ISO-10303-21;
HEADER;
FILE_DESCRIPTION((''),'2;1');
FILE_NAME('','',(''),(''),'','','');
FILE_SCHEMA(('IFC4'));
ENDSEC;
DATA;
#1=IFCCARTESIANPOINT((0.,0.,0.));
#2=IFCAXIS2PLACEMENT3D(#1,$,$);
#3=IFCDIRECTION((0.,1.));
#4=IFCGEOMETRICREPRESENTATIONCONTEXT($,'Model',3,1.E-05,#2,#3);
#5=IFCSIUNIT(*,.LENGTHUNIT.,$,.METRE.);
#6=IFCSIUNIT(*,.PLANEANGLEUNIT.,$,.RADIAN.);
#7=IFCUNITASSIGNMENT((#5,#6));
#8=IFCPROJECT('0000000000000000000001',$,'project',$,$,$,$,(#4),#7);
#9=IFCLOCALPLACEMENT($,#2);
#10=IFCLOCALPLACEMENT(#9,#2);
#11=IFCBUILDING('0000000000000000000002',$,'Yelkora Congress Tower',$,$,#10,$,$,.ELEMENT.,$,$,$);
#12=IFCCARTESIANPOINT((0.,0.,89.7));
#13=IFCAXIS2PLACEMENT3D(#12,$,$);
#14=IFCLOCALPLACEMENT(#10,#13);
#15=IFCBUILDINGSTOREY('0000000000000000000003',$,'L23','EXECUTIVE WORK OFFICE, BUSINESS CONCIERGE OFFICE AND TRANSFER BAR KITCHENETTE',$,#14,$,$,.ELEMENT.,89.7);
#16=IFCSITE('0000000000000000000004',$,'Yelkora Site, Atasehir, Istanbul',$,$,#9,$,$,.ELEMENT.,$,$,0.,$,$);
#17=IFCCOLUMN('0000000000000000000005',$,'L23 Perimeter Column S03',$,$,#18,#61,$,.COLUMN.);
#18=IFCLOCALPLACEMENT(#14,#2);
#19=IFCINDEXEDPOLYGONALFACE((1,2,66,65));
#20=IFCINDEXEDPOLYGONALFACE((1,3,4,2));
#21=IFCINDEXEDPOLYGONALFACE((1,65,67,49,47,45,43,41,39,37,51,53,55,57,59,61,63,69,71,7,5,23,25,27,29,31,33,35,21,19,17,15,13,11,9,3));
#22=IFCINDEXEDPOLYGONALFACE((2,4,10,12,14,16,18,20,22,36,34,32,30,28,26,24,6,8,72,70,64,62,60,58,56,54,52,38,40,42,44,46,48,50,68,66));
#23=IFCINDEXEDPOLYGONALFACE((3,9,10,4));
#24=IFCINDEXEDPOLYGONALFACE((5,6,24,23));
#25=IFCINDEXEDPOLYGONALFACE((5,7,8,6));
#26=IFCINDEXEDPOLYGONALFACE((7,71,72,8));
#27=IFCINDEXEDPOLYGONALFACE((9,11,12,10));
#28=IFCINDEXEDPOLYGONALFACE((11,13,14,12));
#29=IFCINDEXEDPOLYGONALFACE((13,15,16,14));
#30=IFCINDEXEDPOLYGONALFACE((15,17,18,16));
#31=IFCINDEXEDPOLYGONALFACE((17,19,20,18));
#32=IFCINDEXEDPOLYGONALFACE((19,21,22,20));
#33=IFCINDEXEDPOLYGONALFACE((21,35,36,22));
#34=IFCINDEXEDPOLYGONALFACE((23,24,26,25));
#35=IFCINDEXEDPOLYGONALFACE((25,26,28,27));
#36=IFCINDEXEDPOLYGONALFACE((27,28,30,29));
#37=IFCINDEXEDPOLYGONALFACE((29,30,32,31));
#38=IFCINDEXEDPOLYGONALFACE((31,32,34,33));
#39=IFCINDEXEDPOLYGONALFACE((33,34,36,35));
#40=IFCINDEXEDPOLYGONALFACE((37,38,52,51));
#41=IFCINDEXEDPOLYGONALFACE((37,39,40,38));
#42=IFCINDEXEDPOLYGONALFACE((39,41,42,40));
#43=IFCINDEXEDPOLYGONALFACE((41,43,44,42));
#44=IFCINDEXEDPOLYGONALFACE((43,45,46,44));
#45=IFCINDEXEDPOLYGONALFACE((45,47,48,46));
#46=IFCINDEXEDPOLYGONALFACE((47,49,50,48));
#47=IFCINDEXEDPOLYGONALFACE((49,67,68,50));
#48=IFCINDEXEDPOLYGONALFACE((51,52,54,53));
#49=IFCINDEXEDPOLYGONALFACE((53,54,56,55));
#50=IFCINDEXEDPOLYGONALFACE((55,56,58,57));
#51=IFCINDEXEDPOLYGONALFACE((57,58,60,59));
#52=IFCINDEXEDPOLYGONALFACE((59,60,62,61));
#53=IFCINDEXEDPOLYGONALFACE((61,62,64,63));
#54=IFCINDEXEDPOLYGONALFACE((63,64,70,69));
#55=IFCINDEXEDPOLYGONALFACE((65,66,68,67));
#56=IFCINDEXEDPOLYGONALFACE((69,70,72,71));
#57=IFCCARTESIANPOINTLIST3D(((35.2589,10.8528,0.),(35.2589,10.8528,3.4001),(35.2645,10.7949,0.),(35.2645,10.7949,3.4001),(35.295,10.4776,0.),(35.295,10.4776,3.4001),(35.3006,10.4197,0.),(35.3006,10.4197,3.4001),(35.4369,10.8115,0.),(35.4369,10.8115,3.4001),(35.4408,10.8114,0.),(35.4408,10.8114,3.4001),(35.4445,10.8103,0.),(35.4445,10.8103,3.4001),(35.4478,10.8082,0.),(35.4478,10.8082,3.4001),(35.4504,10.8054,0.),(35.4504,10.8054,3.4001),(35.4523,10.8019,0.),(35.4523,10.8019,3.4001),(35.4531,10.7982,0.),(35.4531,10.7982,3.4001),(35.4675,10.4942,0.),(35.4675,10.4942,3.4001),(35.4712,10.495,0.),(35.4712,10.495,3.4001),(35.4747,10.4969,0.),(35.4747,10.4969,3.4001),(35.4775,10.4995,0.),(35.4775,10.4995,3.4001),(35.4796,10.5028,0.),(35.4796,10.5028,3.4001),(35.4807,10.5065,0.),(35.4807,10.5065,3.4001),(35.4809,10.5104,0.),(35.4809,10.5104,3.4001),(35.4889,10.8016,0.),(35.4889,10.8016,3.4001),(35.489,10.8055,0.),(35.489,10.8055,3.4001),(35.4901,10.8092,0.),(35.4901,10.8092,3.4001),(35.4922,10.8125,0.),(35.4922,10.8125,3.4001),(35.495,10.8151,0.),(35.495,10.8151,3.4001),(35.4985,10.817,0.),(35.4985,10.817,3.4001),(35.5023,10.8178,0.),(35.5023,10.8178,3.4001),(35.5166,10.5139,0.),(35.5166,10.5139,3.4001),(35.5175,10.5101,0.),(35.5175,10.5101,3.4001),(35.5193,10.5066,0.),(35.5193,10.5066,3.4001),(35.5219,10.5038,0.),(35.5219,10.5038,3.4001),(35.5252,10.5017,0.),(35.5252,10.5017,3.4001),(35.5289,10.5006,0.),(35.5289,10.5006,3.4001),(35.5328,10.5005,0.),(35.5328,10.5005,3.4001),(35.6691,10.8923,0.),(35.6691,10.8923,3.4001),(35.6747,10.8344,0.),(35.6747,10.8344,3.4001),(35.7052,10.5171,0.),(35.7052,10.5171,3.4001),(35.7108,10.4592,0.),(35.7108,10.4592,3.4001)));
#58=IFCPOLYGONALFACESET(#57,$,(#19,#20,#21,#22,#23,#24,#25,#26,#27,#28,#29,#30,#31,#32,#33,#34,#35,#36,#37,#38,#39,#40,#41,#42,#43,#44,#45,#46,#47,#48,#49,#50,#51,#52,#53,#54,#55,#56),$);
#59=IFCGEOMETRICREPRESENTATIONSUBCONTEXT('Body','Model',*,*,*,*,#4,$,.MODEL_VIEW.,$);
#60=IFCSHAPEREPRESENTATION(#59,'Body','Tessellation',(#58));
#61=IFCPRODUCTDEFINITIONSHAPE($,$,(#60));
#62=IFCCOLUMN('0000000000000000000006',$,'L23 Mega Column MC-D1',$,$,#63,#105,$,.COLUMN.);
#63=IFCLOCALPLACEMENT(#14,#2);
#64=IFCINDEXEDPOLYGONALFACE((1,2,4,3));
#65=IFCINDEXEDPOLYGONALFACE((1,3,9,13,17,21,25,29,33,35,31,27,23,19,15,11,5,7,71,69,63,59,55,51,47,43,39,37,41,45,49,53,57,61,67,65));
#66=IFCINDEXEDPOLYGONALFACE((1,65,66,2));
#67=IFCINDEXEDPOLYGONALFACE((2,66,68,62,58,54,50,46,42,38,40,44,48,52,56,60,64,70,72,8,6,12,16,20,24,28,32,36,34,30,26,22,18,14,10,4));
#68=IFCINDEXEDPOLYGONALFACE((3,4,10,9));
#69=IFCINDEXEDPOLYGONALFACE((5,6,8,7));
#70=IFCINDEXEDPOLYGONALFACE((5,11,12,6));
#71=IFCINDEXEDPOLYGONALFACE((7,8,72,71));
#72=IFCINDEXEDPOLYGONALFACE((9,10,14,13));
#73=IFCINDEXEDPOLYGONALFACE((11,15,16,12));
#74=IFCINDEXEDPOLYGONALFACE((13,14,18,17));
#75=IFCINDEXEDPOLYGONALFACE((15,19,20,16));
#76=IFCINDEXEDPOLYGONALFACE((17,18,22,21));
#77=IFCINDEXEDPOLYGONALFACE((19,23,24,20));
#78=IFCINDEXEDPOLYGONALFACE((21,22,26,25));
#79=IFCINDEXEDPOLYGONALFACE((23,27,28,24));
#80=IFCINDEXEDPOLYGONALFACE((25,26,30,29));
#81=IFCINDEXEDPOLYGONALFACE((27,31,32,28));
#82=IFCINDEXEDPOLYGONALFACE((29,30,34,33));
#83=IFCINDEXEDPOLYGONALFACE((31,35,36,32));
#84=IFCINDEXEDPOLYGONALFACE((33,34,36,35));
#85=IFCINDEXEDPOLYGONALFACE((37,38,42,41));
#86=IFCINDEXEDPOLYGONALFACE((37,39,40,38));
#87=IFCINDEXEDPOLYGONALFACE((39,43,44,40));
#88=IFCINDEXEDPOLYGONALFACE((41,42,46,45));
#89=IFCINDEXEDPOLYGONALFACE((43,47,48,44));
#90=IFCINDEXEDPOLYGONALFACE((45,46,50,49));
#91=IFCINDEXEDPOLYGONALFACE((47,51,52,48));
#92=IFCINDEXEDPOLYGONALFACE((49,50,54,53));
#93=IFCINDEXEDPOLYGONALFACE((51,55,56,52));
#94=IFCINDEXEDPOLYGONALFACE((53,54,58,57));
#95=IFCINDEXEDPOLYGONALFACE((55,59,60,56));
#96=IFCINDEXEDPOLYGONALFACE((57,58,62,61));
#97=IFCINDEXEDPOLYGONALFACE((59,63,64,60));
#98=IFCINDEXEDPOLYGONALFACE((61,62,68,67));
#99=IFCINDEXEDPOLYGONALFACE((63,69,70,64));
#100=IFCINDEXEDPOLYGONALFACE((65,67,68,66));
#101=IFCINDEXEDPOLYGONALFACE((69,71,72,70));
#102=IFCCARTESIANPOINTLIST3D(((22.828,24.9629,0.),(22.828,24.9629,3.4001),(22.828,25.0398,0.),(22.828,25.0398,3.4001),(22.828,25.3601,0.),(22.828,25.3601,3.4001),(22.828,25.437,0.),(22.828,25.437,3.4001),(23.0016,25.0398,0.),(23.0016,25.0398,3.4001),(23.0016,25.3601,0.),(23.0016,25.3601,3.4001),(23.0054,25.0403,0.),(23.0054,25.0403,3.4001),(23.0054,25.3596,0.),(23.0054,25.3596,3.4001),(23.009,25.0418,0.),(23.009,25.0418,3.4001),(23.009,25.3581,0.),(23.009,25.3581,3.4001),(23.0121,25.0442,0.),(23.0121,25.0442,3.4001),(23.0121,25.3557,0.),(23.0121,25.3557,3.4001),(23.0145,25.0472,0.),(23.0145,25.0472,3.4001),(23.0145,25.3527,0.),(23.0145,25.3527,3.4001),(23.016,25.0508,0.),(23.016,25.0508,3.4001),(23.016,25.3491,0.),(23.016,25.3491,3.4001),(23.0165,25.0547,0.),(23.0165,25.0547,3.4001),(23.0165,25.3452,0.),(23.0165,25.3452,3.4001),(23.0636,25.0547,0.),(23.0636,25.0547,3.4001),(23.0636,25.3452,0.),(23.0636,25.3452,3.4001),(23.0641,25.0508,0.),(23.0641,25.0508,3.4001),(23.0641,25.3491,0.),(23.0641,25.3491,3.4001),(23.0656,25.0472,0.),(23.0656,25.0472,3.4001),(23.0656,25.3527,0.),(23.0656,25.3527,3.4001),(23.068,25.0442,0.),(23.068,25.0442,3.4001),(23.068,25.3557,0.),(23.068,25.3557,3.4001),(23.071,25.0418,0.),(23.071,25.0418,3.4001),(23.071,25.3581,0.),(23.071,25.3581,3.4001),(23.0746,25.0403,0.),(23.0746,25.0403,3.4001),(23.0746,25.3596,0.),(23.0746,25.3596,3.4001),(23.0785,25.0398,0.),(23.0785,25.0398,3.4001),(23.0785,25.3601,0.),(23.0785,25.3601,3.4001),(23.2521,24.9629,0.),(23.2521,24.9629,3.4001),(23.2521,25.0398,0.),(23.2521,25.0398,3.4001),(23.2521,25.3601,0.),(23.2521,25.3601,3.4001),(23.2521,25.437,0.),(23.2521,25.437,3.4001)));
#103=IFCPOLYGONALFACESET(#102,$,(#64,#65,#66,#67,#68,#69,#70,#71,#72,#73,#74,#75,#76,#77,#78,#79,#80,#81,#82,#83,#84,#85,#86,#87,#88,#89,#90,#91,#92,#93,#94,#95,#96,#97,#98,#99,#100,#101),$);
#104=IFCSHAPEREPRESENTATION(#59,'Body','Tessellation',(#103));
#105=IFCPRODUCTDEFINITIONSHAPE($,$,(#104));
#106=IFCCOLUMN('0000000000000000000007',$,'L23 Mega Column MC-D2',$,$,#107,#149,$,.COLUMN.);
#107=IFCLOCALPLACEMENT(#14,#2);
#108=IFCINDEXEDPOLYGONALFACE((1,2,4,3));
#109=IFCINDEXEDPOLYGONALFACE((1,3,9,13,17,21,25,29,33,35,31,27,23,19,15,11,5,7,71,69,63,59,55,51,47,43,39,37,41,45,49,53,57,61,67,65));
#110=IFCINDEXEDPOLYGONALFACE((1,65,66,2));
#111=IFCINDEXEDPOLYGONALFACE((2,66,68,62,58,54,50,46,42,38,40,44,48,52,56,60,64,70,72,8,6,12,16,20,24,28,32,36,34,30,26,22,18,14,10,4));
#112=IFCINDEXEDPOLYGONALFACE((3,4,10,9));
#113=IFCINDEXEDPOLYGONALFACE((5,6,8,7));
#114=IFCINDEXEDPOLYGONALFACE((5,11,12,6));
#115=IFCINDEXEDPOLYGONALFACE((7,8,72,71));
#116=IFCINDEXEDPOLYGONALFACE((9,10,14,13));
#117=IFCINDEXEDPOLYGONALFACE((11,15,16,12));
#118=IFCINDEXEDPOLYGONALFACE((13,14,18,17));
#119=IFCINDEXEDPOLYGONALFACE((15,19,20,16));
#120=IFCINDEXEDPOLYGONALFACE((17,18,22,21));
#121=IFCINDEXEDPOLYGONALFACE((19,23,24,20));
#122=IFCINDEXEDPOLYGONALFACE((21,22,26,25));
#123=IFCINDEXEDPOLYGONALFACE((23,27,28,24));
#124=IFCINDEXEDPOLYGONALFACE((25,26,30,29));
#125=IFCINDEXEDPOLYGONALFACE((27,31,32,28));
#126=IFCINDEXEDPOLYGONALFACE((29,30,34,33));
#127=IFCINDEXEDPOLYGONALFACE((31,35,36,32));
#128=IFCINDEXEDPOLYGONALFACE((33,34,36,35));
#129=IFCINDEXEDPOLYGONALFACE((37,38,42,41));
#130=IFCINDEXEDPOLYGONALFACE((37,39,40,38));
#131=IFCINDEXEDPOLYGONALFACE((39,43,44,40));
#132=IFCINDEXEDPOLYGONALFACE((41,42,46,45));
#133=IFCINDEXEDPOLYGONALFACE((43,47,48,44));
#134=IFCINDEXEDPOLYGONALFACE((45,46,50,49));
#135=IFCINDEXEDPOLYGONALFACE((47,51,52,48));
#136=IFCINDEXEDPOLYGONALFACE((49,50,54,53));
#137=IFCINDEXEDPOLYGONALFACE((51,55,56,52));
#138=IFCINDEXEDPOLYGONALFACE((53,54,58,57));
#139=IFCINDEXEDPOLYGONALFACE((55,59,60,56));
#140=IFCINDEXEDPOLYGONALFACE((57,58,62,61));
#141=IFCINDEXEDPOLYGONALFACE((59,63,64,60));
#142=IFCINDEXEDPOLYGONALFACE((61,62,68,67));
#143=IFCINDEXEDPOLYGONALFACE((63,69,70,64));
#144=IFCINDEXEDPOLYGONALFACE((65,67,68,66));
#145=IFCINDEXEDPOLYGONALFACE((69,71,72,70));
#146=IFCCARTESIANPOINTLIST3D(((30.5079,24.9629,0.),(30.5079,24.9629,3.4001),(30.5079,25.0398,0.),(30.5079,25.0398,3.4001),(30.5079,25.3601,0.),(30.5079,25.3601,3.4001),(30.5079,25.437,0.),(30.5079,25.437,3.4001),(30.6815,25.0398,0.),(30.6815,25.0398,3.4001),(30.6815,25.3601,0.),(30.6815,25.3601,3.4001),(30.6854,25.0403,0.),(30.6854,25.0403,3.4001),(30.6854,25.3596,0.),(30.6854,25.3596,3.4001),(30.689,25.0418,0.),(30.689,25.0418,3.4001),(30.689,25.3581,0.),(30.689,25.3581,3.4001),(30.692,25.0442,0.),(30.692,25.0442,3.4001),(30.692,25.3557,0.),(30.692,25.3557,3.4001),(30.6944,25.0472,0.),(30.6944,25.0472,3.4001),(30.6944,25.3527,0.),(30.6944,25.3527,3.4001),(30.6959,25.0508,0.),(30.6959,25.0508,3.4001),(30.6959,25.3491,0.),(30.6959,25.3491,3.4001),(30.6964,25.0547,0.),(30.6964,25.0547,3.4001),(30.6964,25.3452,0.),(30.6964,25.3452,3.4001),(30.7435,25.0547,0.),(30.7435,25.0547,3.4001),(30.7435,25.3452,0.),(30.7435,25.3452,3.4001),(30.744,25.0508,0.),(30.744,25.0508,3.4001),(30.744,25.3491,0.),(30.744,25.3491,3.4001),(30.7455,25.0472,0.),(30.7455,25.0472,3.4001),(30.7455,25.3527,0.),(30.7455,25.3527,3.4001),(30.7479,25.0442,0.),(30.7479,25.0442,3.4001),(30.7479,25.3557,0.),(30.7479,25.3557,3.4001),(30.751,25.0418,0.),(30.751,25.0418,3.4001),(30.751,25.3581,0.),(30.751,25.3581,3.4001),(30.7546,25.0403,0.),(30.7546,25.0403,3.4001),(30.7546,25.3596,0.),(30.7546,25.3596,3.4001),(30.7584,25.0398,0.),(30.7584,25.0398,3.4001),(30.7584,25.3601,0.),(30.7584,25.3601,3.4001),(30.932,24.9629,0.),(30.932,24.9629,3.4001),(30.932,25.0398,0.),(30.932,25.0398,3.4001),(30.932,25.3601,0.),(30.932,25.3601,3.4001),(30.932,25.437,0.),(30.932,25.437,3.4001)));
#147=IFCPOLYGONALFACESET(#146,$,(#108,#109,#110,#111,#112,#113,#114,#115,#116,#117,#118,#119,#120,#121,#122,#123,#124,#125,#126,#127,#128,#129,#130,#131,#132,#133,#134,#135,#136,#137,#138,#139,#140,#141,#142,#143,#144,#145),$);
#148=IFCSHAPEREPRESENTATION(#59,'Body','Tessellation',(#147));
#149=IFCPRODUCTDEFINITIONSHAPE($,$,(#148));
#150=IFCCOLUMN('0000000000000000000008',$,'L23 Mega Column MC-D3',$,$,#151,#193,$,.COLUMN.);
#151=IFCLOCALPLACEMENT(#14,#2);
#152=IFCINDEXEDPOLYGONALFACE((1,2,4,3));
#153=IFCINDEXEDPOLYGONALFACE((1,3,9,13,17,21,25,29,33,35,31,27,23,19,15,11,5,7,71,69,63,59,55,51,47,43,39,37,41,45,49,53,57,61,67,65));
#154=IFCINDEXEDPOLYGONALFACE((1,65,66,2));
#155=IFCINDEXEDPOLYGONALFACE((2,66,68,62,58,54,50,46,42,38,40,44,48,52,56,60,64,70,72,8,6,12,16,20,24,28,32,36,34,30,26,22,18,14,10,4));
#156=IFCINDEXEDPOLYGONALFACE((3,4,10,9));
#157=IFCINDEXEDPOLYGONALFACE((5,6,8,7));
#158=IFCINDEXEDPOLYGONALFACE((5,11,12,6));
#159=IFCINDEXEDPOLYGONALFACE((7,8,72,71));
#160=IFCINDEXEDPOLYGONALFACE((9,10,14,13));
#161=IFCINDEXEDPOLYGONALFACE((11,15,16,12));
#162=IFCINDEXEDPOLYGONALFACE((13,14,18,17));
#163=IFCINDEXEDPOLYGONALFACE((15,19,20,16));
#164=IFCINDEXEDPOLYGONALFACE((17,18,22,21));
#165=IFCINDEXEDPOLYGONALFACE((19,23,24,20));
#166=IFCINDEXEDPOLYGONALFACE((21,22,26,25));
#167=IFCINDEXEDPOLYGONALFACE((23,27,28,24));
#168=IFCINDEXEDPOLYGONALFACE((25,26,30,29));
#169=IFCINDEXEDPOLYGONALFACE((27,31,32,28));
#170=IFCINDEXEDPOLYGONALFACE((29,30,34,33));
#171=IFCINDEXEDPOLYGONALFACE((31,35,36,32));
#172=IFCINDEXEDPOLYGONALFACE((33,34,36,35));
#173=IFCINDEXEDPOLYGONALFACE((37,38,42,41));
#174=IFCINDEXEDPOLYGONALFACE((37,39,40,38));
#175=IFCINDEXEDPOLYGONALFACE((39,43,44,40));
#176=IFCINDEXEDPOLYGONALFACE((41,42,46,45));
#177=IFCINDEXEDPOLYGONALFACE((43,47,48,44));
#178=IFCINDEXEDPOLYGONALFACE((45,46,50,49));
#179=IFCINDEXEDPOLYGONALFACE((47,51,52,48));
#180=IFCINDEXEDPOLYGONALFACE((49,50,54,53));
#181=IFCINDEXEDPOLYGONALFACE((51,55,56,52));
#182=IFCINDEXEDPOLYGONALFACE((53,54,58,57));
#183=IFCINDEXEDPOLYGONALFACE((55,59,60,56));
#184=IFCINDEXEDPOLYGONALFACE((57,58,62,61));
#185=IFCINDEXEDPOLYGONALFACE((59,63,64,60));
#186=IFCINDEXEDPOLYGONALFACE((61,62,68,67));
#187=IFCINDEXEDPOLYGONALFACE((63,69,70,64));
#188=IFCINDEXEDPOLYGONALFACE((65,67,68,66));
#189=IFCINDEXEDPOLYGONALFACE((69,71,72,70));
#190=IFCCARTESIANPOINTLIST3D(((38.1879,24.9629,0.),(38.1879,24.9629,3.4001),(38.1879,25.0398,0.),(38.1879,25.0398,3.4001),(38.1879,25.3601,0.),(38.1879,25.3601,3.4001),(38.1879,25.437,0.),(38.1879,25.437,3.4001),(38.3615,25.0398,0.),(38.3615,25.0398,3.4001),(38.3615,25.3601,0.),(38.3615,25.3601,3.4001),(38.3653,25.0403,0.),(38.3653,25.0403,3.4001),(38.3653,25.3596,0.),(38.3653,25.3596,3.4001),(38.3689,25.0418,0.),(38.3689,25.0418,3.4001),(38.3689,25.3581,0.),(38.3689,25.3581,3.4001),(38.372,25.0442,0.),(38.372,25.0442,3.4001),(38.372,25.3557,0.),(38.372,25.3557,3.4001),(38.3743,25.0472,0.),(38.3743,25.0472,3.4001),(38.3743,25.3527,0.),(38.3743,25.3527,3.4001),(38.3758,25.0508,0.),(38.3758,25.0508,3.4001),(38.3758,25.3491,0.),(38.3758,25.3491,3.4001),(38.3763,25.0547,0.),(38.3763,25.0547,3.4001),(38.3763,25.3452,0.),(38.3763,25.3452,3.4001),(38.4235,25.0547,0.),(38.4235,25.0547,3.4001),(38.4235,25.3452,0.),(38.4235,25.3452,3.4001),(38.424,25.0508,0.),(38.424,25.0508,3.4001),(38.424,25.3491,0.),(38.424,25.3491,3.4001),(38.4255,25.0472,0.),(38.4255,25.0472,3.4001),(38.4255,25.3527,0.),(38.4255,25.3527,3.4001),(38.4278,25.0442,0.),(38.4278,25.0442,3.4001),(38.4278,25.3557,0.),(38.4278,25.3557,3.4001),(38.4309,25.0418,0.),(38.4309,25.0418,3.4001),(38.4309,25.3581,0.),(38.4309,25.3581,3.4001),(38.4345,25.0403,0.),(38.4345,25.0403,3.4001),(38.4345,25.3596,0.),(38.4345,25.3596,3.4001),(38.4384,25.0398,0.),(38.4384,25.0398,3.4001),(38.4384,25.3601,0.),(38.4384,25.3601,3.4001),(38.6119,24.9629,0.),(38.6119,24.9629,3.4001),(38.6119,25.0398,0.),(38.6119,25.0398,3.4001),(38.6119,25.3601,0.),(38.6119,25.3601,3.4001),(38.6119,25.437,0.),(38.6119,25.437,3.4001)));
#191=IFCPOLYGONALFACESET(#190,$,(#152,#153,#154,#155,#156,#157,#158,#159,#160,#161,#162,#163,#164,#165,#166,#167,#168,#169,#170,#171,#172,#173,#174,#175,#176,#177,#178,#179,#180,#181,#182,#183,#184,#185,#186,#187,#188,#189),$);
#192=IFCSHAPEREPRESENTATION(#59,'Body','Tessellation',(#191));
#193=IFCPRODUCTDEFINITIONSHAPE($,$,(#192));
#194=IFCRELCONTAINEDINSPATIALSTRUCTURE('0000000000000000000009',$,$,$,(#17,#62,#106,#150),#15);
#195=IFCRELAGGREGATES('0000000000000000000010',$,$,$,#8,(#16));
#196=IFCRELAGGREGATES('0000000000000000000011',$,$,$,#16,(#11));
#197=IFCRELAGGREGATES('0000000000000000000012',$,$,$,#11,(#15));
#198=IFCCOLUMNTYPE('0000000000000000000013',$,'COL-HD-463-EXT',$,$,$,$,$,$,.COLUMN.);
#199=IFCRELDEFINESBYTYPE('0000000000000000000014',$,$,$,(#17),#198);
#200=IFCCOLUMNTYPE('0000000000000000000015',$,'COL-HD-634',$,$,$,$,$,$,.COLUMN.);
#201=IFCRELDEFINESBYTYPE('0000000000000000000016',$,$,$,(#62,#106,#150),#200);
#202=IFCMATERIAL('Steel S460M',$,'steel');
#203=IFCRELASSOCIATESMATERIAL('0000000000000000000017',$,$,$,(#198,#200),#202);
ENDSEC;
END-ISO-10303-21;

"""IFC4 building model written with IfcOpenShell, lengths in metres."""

from ifc_helpers import new_model, si_unit, direction, frame, origin, origin_2d, place, context, subcontext, project, spatial, i_section, extrude, material, material_profile, profile_set, type_object, element, save


model = new_model("IFC4")

# Units and contexts
model_context = context("Model", 3, precision=1e-05, world=origin(), true_north=direction((0.0, 1.0)))
body_context = subcontext(model_context, "Body", "Model", "MODEL_VIEW")
ifc_project = project(units=[si_unit("LENGTHUNIT", "METRE"), si_unit("PLANEANGLEUNIT", "RADIAN")], contexts=[model_context])

# Site, building, storey
site_placement = place(None, origin())
site = spatial("IfcSite", under=ifc_project, at=site_placement, Name="Yelkora Site, Atasehir, Istanbul", CompositionType="ELEMENT", RefElevation=0.0)
building_placement = place(site_placement, origin())
building = spatial("IfcBuilding", under=site, at=building_placement, Name="Yelkora Congress Tower", CompositionType="ELEMENT")
storey_placement = place(building_placement, frame((0.0, 0.0, 89.7)))
storey = spatial("IfcBuildingStorey", under=building, at=storey_placement, Name="L23", Description="EXECUTIVE WORK OFFICE, BUSINESS CONCIERGE OFFICE AND TRANSFER BAR KITCHENETTE", CompositionType="ELEMENT", Elevation=89.7)

# Columns
ifc_material_1 = material(Name="Steel S460M", Category="steel")
ifc_material_profile_1 = material_profile(ifc_material_1, i_section(OverallWidth=0.4121, OverallDepth=0.4351, WebThickness=0.0359, FlangeThickness=0.0581, FilletRadius=0.0149, at=origin_2d()), Name="HD 400x463")
ifc_profile_set_1 = profile_set([ifc_material_profile_1], Name="Steel S460M")
column_type_1 = type_object("IfcColumnType", Name="COL-HD-463-EXT", PredefinedType="COLUMN", material=ifc_profile_set_1)
column_placement = place(storey_placement, frame((35.4849, 10.656, 0.0), z_axis=(0.0, 0.0, 1.0), x_axis=(0.995396, 0.095846, 0.0)))
element("IfcColumn", 1, at=column_placement, inside=storey, type_object=column_type_1, Name="L23 Perimeter Column S03", PredefinedType="COLUMN", context=body_context, shape_type="SweptSolid", body=[
    extrude(i_section(OverallWidth=0.4121, OverallDepth=0.4351, WebThickness=0.0359, FlangeThickness=0.0581, FilletRadius=0.0149, at=origin_2d()), origin(), (0.0, 0.0, 1.0), 3.4001),
])
ifc_material_profile_2 = material_profile(ifc_material_1, i_section(OverallWidth=0.4241, OverallDepth=0.4741, WebThickness=0.0471, FlangeThickness=0.0769, FilletRadius=0.0149, at=origin_2d()), Name="HD 400x634")
ifc_profile_set_2 = profile_set([ifc_material_profile_2], Name="Steel S460M")
column_type_2 = type_object("IfcColumnType", Name="COL-HD-634", PredefinedType="COLUMN", material=ifc_profile_set_2)
for number, where, z_axis, x_axis, name in (
    (2, (23.04, 25.2, 0.0), (0.0, 0.0, 1.0), (1.0, 0.0, 0.0), "L23 Mega Column MC-D1"),
    (3, (30.72, 25.2, 0.0), (0.0, 0.0, 1.0), (1.0, 0.0, 0.0), "L23 Mega Column MC-D2"),
    (4, (38.3999, 25.2, 0.0), (0.0, 0.0, 1.0), (1.0, 0.0, 0.0), "L23 Mega Column MC-D3"),
):
    element("IfcColumn", number, at=place(storey_placement, frame(where, z_axis=z_axis, x_axis=x_axis)), inside=storey, type_object=column_type_2, Name=name, PredefinedType="COLUMN", context=body_context, shape_type="SweptSolid", body=[
        extrude(i_section(OverallWidth=0.4241, OverallDepth=0.4741, WebThickness=0.0471, FlangeThickness=0.0769, FilletRadius=0.0149, at=origin_2d()), origin(), (0.0, 0.0, 1.0), 3.4001),
    ])

save(model, "model.ifc")
